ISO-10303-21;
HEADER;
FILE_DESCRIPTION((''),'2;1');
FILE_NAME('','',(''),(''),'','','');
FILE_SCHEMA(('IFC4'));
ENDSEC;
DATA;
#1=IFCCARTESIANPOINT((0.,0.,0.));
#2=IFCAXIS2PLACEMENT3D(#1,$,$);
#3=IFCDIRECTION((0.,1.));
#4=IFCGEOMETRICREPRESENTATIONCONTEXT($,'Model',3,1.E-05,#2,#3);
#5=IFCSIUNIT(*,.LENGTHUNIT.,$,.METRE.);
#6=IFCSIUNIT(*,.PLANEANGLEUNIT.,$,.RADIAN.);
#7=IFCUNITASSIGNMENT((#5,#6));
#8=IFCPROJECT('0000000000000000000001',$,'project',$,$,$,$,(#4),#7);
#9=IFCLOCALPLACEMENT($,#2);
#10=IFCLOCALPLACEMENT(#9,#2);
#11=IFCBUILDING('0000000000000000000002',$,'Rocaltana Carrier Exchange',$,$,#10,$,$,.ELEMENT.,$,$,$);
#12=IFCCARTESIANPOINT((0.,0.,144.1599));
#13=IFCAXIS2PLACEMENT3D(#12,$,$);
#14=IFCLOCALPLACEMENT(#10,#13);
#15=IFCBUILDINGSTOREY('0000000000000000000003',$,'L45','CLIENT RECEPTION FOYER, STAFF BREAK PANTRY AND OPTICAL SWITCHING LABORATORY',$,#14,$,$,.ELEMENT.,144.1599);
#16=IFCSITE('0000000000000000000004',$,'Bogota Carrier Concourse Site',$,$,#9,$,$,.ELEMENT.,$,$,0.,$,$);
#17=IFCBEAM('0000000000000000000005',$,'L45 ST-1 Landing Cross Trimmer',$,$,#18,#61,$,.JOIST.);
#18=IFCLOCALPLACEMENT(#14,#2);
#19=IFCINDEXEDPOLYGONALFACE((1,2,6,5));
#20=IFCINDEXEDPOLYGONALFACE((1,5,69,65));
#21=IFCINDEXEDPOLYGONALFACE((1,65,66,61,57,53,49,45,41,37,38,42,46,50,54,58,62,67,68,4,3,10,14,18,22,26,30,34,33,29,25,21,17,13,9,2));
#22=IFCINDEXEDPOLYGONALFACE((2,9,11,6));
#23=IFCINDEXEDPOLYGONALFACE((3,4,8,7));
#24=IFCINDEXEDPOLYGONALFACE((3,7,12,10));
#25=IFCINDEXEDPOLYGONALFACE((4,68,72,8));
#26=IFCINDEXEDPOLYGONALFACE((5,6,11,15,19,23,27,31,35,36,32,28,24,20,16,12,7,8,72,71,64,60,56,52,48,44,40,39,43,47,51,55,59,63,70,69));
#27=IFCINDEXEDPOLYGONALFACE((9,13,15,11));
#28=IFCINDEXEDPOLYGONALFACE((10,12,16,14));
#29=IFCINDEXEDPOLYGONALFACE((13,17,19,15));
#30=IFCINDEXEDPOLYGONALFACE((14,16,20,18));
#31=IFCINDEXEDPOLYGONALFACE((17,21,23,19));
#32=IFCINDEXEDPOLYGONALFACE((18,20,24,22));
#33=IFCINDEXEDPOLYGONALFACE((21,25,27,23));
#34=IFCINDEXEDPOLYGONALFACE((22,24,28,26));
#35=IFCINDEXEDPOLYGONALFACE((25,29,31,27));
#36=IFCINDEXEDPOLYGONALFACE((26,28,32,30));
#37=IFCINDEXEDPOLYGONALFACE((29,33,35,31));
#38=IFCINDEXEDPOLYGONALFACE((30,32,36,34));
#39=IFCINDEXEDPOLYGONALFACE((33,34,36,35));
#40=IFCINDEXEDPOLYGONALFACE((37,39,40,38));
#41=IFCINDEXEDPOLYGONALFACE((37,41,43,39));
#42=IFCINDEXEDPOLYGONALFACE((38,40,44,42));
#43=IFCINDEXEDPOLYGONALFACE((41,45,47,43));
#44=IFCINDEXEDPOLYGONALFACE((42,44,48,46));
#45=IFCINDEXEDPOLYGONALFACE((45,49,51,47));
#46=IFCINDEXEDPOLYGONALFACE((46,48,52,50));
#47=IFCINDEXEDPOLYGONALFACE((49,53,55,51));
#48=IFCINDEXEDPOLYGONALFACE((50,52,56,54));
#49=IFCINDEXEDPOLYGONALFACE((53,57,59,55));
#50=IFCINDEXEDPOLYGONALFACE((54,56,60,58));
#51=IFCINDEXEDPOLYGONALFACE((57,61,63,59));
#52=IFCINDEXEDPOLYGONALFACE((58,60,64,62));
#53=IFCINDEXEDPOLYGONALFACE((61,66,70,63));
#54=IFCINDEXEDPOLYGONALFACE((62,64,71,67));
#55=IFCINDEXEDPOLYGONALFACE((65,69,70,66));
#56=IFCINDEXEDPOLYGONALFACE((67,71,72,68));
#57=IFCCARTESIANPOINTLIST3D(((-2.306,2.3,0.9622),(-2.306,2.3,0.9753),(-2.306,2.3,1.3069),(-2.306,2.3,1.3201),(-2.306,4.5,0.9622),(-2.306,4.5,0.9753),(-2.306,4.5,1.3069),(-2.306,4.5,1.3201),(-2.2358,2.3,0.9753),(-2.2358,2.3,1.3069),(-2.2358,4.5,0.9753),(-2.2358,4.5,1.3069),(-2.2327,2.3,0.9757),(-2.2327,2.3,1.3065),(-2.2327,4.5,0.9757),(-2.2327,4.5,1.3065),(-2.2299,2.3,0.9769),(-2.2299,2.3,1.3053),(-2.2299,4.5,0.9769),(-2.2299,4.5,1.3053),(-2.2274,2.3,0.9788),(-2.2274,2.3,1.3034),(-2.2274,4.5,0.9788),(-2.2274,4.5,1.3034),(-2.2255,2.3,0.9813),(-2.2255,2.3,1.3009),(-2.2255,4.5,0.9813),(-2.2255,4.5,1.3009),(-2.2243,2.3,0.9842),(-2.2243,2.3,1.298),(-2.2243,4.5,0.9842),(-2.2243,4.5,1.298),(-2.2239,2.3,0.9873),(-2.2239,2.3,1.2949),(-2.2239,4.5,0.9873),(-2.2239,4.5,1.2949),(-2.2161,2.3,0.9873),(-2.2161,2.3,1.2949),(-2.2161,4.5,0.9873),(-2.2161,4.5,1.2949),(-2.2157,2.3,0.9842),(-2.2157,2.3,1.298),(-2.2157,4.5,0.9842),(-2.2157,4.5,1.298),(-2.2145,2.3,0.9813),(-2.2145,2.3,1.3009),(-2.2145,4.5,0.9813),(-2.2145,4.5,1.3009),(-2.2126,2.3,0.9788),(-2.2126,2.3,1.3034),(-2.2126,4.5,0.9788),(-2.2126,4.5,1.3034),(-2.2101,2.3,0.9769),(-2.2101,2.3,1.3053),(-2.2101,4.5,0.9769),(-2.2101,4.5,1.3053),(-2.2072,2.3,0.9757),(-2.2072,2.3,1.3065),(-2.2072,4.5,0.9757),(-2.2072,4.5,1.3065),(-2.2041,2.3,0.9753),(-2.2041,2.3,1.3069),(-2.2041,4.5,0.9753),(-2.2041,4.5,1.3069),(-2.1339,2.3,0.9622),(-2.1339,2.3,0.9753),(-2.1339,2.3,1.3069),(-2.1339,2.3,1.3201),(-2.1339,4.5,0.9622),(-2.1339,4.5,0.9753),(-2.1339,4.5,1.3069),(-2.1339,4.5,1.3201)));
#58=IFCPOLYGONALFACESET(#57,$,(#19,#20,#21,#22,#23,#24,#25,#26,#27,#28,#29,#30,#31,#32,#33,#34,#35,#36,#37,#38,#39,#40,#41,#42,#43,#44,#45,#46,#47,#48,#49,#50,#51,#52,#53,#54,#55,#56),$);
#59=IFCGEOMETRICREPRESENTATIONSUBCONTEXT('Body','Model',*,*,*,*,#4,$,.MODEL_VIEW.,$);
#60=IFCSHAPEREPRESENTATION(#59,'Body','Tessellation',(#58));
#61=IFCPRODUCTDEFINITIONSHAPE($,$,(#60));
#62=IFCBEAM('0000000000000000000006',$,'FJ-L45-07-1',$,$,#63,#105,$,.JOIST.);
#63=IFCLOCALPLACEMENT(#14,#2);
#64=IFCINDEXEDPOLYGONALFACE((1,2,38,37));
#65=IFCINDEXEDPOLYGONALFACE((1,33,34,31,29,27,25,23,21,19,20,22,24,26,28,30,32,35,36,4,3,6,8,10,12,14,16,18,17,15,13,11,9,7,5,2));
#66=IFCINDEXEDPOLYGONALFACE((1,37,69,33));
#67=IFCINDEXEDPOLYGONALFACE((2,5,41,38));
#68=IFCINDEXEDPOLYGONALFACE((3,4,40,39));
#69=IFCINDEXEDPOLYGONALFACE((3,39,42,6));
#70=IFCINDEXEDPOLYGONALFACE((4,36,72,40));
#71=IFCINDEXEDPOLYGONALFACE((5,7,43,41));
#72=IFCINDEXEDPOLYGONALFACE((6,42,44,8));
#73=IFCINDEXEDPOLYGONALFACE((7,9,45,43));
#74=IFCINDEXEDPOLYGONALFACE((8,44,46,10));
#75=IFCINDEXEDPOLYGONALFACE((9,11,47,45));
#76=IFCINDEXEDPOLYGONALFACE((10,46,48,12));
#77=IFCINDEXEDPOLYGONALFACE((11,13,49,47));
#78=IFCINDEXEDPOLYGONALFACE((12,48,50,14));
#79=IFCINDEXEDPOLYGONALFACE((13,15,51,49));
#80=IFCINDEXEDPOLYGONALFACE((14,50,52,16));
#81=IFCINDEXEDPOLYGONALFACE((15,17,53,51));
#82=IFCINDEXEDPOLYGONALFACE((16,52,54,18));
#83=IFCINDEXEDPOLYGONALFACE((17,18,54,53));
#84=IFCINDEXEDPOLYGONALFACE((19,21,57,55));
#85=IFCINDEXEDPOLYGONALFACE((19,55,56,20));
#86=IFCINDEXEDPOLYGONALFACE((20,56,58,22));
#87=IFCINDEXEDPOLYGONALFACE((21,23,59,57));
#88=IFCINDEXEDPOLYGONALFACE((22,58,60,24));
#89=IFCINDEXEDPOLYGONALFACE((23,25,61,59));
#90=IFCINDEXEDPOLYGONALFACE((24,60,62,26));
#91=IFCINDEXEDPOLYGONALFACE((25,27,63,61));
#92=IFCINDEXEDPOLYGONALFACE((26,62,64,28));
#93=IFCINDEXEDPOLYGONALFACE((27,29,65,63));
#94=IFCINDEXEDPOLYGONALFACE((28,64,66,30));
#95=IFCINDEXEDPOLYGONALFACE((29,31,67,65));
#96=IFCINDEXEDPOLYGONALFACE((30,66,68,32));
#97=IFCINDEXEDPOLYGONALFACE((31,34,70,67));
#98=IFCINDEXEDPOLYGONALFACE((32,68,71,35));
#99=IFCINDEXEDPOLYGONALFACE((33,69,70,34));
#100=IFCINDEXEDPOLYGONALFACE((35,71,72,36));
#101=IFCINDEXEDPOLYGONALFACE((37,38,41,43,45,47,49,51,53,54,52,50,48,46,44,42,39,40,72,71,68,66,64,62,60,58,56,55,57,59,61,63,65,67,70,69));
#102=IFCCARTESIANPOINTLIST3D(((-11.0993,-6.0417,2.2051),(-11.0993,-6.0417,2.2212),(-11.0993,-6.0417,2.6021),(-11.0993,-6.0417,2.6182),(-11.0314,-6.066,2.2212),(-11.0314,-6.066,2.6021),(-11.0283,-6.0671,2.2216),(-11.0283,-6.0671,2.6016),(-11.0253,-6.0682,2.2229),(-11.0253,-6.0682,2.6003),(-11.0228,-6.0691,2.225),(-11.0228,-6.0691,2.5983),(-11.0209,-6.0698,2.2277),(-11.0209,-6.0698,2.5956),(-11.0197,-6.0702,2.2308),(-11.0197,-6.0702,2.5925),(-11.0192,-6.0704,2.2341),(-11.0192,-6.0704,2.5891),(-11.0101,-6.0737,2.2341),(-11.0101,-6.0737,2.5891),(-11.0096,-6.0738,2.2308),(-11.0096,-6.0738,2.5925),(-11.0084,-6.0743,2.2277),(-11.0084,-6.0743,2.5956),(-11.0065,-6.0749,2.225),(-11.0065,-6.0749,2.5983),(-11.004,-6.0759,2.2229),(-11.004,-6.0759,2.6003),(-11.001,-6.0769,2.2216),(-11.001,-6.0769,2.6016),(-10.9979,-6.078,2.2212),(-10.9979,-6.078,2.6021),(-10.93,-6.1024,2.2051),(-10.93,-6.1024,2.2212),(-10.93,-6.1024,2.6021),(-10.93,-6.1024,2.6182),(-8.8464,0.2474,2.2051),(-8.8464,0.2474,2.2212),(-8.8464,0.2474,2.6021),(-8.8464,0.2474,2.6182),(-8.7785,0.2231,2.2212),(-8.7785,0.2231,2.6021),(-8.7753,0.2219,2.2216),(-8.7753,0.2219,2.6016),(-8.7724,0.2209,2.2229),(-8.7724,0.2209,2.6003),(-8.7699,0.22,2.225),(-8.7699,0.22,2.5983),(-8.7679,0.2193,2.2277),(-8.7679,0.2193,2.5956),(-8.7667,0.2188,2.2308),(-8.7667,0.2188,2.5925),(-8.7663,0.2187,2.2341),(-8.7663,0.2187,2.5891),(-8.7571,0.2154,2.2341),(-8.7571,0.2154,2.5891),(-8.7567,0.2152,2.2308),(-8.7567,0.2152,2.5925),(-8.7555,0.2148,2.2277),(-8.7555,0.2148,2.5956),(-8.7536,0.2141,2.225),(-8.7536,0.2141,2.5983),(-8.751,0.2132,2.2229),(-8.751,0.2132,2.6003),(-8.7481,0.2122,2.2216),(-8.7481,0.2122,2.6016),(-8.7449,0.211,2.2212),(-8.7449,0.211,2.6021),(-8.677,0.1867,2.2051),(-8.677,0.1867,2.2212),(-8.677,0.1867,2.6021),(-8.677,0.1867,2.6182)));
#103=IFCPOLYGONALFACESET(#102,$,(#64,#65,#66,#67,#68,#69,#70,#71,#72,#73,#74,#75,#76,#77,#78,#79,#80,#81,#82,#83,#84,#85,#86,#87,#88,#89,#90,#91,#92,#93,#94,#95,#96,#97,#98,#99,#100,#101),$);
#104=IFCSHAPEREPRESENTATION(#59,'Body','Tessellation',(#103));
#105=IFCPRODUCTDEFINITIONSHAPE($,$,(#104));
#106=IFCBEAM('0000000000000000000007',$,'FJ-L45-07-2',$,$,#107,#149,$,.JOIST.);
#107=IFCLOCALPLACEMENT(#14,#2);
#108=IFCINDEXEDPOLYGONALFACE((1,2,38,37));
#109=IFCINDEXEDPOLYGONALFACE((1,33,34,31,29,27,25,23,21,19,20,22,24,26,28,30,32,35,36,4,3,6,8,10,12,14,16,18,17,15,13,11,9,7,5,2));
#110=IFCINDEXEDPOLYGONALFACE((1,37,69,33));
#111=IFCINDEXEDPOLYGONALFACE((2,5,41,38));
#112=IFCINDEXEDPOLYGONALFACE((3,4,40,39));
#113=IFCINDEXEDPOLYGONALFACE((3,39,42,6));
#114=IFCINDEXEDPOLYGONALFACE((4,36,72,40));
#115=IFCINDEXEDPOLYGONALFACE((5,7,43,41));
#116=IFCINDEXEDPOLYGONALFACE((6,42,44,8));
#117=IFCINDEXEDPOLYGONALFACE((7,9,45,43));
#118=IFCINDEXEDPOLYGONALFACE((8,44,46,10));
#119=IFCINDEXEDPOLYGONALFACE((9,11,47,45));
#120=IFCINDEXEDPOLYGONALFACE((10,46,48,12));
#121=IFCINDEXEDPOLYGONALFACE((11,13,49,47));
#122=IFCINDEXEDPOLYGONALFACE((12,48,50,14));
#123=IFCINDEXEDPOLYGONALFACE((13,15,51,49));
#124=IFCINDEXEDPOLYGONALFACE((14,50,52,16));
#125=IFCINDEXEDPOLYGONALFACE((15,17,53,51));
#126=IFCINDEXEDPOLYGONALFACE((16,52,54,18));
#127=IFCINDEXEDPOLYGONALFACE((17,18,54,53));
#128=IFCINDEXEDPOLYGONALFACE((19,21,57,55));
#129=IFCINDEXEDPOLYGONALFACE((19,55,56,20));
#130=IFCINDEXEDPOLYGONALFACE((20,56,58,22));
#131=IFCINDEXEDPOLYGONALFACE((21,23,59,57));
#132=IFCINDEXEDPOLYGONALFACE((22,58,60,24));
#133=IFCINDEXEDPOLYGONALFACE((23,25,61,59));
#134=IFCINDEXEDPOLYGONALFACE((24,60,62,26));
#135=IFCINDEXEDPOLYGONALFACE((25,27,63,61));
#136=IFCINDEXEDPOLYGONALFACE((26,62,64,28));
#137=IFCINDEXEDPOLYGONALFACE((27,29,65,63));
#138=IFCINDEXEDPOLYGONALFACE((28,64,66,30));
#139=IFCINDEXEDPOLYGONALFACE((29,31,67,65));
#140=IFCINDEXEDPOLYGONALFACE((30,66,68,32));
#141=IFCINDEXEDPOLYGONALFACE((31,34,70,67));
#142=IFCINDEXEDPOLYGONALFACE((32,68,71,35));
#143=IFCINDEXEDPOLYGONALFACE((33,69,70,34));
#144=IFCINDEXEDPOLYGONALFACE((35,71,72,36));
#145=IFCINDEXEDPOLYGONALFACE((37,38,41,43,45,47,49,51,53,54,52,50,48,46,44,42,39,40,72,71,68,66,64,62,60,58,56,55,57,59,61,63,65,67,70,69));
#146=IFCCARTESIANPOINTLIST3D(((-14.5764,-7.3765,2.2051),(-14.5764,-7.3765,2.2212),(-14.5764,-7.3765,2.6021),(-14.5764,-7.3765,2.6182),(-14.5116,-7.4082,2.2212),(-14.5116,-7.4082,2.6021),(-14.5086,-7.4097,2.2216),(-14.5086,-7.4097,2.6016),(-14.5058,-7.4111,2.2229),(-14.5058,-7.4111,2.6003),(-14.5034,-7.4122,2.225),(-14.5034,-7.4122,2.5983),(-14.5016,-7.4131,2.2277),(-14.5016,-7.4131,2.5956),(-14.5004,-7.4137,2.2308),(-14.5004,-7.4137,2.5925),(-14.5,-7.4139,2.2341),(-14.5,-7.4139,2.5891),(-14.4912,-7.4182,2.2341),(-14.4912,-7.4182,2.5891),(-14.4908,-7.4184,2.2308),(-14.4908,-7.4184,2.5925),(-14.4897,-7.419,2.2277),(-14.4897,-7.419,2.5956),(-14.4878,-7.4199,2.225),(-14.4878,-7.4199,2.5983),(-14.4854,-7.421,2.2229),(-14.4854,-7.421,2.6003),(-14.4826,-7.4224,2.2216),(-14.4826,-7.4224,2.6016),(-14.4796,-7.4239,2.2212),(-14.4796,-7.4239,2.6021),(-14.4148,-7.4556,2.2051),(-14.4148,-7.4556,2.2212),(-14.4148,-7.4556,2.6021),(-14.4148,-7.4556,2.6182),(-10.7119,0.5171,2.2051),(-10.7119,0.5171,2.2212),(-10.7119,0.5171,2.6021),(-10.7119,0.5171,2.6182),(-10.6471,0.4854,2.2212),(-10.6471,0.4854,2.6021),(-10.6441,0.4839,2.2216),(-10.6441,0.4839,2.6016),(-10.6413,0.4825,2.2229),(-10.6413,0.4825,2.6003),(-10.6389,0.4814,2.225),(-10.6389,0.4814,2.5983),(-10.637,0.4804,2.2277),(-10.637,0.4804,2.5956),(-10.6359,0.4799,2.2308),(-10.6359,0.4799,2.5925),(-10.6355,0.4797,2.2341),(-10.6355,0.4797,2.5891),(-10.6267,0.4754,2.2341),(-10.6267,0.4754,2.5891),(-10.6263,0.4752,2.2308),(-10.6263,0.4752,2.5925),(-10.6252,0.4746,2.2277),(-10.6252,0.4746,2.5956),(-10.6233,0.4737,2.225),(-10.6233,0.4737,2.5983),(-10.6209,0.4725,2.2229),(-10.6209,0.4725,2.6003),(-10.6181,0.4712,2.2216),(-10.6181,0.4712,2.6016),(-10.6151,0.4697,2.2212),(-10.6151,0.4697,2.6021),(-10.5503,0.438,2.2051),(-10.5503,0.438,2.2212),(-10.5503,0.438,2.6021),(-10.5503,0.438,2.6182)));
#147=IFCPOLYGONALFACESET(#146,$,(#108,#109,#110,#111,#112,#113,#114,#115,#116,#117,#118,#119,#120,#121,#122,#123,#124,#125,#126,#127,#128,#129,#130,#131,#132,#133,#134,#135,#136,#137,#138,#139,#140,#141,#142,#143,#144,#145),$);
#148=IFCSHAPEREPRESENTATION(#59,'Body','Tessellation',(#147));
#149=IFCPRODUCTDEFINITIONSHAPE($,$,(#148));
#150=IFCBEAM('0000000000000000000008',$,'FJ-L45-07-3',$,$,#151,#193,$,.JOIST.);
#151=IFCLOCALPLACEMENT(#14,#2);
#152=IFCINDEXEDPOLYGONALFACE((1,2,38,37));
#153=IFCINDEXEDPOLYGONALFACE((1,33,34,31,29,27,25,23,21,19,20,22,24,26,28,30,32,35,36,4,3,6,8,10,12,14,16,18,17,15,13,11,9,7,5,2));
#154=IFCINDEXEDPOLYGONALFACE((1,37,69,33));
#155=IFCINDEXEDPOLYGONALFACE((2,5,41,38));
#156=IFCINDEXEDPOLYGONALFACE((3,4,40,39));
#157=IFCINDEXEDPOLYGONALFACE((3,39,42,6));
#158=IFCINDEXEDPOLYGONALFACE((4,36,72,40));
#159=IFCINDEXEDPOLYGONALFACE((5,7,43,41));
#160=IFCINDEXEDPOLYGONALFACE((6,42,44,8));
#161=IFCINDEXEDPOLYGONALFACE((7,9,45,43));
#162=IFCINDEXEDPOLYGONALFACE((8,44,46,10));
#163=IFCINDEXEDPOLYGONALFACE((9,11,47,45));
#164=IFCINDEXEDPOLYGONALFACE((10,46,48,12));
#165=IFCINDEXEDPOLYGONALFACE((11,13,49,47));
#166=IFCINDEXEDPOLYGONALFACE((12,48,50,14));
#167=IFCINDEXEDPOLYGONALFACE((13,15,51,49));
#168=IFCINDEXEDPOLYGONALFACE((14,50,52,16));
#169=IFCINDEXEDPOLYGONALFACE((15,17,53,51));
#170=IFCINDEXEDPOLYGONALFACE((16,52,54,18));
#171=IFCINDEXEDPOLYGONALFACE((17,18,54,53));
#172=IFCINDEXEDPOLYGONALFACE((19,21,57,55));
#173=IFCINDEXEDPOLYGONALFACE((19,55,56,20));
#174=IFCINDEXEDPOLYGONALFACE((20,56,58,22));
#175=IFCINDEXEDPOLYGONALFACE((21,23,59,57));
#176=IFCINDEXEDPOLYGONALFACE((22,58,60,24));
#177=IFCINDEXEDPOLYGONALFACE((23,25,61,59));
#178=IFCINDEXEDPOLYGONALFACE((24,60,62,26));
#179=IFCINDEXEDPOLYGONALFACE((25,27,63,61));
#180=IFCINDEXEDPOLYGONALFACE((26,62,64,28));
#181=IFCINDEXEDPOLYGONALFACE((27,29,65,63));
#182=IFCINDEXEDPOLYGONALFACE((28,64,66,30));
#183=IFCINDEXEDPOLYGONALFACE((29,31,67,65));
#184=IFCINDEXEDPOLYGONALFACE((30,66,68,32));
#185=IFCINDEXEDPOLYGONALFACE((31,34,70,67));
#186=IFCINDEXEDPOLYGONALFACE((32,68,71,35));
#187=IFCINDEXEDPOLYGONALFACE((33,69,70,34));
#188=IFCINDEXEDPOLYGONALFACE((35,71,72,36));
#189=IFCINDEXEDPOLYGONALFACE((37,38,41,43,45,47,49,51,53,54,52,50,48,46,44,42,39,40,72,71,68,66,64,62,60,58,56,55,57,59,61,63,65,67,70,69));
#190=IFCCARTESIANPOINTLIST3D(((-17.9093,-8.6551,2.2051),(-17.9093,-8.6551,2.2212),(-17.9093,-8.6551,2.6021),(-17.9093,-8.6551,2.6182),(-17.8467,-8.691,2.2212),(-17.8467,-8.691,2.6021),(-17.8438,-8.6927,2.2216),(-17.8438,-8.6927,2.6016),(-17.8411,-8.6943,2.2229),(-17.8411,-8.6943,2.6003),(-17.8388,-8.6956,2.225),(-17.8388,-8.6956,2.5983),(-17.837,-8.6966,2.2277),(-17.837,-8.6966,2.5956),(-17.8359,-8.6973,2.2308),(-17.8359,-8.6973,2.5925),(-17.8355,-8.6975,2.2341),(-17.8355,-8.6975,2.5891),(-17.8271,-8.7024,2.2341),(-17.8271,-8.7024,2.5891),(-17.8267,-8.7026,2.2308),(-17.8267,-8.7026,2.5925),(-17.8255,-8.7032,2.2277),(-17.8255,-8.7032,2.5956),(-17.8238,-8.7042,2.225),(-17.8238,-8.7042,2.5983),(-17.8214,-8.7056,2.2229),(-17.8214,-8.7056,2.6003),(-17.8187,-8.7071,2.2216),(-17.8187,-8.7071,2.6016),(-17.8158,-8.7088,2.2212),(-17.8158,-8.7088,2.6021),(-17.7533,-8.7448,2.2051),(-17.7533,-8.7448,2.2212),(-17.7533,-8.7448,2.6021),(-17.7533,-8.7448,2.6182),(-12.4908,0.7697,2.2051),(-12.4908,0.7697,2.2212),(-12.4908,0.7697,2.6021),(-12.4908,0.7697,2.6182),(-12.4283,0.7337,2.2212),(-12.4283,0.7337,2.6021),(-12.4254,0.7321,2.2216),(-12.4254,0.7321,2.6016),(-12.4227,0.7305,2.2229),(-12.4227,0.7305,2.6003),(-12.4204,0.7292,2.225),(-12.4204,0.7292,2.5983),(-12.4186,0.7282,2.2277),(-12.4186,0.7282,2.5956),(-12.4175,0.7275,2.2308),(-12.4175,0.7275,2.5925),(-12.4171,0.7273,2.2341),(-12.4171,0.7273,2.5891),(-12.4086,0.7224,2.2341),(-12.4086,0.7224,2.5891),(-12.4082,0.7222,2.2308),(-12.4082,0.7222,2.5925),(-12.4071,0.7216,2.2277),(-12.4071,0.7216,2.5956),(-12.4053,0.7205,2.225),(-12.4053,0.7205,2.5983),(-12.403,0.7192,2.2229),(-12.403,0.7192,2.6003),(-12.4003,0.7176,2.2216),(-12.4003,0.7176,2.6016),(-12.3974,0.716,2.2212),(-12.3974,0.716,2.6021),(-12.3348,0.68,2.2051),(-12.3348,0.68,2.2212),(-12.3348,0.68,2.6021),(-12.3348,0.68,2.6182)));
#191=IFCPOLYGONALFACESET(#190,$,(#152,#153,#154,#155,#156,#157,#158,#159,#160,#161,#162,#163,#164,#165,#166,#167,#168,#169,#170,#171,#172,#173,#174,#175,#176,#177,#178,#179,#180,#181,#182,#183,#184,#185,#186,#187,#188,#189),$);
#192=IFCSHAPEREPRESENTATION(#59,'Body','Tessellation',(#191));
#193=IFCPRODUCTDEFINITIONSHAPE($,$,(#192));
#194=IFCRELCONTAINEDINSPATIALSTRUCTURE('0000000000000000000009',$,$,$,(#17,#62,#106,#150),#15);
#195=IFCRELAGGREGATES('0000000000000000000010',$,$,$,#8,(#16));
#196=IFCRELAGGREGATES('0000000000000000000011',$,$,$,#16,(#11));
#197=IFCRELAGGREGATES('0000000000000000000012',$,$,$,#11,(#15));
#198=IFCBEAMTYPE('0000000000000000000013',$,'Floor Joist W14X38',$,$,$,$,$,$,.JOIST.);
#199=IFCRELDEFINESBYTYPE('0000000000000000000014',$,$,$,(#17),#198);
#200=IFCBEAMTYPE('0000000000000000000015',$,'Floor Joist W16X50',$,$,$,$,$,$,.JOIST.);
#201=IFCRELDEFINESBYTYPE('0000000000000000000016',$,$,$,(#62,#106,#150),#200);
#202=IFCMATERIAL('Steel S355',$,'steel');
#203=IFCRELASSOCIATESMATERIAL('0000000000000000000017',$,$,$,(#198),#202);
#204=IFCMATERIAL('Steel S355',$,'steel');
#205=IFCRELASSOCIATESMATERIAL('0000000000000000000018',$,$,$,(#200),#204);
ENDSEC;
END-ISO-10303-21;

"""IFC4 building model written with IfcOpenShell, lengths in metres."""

from ifc_helpers import new_model, si_unit, direction, frame, origin, origin_2d, place, context, subcontext, project, spatial, i_section, extrude, material, material_profile, profile_set, type_object, element, save


model = new_model("IFC4")

# Units and contexts
model_context = context("Model", 3, precision=1e-05, world=origin(), true_north=direction((0.0, 1.0)))
body_context = subcontext(model_context, "Body", "Model", "MODEL_VIEW")
ifc_project = project(units=[si_unit("LENGTHUNIT", "METRE"), si_unit("PLANEANGLEUNIT", "RADIAN")], contexts=[model_context])

# Site, building, storey
site_placement = place(None, origin())
site = spatial("IfcSite", under=ifc_project, at=site_placement, Name="Bogota Carrier Concourse Site", CompositionType="ELEMENT", RefElevation=0.0)
building_placement = place(site_placement, origin())
building = spatial("IfcBuilding", under=site, at=building_placement, Name="Rocaltana Carrier Exchange", CompositionType="ELEMENT")
storey_placement = place(building_placement, frame((0.0, 0.0, 144.1599)))
storey = spatial("IfcBuildingStorey", under=building, at=storey_placement, Name="L45", Description="CLIENT RECEPTION FOYER, STAFF BREAK PANTRY AND OPTICAL SWITCHING LABORATORY", CompositionType="ELEMENT", Elevation=144.1599)

# Beams
ifc_material_1 = material(Name="Steel S355", Category="steel")
ifc_material_profile_1 = material_profile(ifc_material_1, i_section(OverallWidth=0.1721, OverallDepth=0.3579, WebThickness=0.0078, FlangeThickness=0.0132, FilletRadius=0.012, at=origin_2d()), Name="W14X38")
ifc_profile_set_1 = profile_set([ifc_material_profile_1], Name="Steel S355")
beam_type_1 = type_object("IfcBeamType", Name="Floor Joist W14X38", PredefinedType="JOIST", material=ifc_profile_set_1)
beam_1_placement = place(storey_placement, frame((-2.22, 2.3, 1.1411), z_axis=(0.0, 1.0, 0.0), x_axis=(-1.0, 0.0, 0.0)))
element("IfcBeam", 1, at=beam_1_placement, inside=storey, type_object=beam_type_1, Name="L45 ST-1 Landing Cross Trimmer", PredefinedType="JOIST", context=body_context, shape_type="SweptSolid", body=[
    extrude(i_section(OverallWidth=0.1721, OverallDepth=0.3579, WebThickness=0.0078, FlangeThickness=0.0132, FilletRadius=0.012, at=origin_2d()), origin(), (0.0, 0.0, 1.0), 2.2),
])
ifc_material_2 = material(Name="Steel S355", Category="steel")
ifc_material_profile_2 = material_profile(ifc_material_2, i_section(OverallWidth=0.1799, OverallDepth=0.4131, WebThickness=0.0098, FlangeThickness=0.0161, FilletRadius=0.0129, at=origin_2d()), Name="W16X50")
ifc_profile_set_2 = profile_set([ifc_material_profile_2], Name="Steel S355")
beam_type_2 = type_object("IfcBeamType", Name="Floor Joist W16X50", PredefinedType="JOIST", material=ifc_profile_set_2)
beam_2_placement = place(storey_placement, frame((-8.7617, 0.217, 2.4116), z_axis=(-0.337244, -0.941417, 0.0), x_axis=(0.941417, -0.337244, 0.0)))
element("IfcBeam", 2, at=beam_2_placement, inside=storey, type_object=beam_type_2, Name="FJ-L45-07-1", PredefinedType="JOIST", context=body_context, shape_type="SweptSolid", body=[
    extrude(i_section(OverallWidth=0.1799, OverallDepth=0.4131, WebThickness=0.0098, FlangeThickness=0.0161, FilletRadius=0.0129, at=origin_2d()), origin(), (0.0, 0.0, 1.0), 6.6804),
])
beam_3_placement = place(storey_placement, frame((-10.6311, 0.4775, 2.4116), z_axis=(-0.439709, -0.89814, 0.0), x_axis=(0.89814, -0.439709, 0.0)))
element("IfcBeam", 3, at=beam_3_placement, inside=storey, type_object=beam_type_2, Name="FJ-L45-07-2", PredefinedType="JOIST", context=body_context, shape_type="SweptSolid", body=[
    extrude(i_section(OverallWidth=0.1799, OverallDepth=0.4131, WebThickness=0.0098, FlangeThickness=0.0161, FilletRadius=0.0129, at=origin_2d()), origin(), (0.0, 0.0, 1.0), 8.7888),
])
beam_4_placement = place(storey_placement, frame((-12.4128, 0.7249, 2.4116), z_axis=(-0.498415, -0.866938, 0.0), x_axis=(0.866938, -0.498415, 0.0)))
element("IfcBeam", 4, at=beam_4_placement, inside=storey, type_object=beam_type_2, Name="FJ-L45-07-3", PredefinedType="JOIST", context=body_context, shape_type="SweptSolid", body=[
    extrude(i_section(OverallWidth=0.1799, OverallDepth=0.4131, WebThickness=0.0098, FlangeThickness=0.0161, FilletRadius=0.0129, at=origin_2d()), origin(), (0.0, 0.0, 1.0), 10.8713),
])

save(model, "model.ifc")
